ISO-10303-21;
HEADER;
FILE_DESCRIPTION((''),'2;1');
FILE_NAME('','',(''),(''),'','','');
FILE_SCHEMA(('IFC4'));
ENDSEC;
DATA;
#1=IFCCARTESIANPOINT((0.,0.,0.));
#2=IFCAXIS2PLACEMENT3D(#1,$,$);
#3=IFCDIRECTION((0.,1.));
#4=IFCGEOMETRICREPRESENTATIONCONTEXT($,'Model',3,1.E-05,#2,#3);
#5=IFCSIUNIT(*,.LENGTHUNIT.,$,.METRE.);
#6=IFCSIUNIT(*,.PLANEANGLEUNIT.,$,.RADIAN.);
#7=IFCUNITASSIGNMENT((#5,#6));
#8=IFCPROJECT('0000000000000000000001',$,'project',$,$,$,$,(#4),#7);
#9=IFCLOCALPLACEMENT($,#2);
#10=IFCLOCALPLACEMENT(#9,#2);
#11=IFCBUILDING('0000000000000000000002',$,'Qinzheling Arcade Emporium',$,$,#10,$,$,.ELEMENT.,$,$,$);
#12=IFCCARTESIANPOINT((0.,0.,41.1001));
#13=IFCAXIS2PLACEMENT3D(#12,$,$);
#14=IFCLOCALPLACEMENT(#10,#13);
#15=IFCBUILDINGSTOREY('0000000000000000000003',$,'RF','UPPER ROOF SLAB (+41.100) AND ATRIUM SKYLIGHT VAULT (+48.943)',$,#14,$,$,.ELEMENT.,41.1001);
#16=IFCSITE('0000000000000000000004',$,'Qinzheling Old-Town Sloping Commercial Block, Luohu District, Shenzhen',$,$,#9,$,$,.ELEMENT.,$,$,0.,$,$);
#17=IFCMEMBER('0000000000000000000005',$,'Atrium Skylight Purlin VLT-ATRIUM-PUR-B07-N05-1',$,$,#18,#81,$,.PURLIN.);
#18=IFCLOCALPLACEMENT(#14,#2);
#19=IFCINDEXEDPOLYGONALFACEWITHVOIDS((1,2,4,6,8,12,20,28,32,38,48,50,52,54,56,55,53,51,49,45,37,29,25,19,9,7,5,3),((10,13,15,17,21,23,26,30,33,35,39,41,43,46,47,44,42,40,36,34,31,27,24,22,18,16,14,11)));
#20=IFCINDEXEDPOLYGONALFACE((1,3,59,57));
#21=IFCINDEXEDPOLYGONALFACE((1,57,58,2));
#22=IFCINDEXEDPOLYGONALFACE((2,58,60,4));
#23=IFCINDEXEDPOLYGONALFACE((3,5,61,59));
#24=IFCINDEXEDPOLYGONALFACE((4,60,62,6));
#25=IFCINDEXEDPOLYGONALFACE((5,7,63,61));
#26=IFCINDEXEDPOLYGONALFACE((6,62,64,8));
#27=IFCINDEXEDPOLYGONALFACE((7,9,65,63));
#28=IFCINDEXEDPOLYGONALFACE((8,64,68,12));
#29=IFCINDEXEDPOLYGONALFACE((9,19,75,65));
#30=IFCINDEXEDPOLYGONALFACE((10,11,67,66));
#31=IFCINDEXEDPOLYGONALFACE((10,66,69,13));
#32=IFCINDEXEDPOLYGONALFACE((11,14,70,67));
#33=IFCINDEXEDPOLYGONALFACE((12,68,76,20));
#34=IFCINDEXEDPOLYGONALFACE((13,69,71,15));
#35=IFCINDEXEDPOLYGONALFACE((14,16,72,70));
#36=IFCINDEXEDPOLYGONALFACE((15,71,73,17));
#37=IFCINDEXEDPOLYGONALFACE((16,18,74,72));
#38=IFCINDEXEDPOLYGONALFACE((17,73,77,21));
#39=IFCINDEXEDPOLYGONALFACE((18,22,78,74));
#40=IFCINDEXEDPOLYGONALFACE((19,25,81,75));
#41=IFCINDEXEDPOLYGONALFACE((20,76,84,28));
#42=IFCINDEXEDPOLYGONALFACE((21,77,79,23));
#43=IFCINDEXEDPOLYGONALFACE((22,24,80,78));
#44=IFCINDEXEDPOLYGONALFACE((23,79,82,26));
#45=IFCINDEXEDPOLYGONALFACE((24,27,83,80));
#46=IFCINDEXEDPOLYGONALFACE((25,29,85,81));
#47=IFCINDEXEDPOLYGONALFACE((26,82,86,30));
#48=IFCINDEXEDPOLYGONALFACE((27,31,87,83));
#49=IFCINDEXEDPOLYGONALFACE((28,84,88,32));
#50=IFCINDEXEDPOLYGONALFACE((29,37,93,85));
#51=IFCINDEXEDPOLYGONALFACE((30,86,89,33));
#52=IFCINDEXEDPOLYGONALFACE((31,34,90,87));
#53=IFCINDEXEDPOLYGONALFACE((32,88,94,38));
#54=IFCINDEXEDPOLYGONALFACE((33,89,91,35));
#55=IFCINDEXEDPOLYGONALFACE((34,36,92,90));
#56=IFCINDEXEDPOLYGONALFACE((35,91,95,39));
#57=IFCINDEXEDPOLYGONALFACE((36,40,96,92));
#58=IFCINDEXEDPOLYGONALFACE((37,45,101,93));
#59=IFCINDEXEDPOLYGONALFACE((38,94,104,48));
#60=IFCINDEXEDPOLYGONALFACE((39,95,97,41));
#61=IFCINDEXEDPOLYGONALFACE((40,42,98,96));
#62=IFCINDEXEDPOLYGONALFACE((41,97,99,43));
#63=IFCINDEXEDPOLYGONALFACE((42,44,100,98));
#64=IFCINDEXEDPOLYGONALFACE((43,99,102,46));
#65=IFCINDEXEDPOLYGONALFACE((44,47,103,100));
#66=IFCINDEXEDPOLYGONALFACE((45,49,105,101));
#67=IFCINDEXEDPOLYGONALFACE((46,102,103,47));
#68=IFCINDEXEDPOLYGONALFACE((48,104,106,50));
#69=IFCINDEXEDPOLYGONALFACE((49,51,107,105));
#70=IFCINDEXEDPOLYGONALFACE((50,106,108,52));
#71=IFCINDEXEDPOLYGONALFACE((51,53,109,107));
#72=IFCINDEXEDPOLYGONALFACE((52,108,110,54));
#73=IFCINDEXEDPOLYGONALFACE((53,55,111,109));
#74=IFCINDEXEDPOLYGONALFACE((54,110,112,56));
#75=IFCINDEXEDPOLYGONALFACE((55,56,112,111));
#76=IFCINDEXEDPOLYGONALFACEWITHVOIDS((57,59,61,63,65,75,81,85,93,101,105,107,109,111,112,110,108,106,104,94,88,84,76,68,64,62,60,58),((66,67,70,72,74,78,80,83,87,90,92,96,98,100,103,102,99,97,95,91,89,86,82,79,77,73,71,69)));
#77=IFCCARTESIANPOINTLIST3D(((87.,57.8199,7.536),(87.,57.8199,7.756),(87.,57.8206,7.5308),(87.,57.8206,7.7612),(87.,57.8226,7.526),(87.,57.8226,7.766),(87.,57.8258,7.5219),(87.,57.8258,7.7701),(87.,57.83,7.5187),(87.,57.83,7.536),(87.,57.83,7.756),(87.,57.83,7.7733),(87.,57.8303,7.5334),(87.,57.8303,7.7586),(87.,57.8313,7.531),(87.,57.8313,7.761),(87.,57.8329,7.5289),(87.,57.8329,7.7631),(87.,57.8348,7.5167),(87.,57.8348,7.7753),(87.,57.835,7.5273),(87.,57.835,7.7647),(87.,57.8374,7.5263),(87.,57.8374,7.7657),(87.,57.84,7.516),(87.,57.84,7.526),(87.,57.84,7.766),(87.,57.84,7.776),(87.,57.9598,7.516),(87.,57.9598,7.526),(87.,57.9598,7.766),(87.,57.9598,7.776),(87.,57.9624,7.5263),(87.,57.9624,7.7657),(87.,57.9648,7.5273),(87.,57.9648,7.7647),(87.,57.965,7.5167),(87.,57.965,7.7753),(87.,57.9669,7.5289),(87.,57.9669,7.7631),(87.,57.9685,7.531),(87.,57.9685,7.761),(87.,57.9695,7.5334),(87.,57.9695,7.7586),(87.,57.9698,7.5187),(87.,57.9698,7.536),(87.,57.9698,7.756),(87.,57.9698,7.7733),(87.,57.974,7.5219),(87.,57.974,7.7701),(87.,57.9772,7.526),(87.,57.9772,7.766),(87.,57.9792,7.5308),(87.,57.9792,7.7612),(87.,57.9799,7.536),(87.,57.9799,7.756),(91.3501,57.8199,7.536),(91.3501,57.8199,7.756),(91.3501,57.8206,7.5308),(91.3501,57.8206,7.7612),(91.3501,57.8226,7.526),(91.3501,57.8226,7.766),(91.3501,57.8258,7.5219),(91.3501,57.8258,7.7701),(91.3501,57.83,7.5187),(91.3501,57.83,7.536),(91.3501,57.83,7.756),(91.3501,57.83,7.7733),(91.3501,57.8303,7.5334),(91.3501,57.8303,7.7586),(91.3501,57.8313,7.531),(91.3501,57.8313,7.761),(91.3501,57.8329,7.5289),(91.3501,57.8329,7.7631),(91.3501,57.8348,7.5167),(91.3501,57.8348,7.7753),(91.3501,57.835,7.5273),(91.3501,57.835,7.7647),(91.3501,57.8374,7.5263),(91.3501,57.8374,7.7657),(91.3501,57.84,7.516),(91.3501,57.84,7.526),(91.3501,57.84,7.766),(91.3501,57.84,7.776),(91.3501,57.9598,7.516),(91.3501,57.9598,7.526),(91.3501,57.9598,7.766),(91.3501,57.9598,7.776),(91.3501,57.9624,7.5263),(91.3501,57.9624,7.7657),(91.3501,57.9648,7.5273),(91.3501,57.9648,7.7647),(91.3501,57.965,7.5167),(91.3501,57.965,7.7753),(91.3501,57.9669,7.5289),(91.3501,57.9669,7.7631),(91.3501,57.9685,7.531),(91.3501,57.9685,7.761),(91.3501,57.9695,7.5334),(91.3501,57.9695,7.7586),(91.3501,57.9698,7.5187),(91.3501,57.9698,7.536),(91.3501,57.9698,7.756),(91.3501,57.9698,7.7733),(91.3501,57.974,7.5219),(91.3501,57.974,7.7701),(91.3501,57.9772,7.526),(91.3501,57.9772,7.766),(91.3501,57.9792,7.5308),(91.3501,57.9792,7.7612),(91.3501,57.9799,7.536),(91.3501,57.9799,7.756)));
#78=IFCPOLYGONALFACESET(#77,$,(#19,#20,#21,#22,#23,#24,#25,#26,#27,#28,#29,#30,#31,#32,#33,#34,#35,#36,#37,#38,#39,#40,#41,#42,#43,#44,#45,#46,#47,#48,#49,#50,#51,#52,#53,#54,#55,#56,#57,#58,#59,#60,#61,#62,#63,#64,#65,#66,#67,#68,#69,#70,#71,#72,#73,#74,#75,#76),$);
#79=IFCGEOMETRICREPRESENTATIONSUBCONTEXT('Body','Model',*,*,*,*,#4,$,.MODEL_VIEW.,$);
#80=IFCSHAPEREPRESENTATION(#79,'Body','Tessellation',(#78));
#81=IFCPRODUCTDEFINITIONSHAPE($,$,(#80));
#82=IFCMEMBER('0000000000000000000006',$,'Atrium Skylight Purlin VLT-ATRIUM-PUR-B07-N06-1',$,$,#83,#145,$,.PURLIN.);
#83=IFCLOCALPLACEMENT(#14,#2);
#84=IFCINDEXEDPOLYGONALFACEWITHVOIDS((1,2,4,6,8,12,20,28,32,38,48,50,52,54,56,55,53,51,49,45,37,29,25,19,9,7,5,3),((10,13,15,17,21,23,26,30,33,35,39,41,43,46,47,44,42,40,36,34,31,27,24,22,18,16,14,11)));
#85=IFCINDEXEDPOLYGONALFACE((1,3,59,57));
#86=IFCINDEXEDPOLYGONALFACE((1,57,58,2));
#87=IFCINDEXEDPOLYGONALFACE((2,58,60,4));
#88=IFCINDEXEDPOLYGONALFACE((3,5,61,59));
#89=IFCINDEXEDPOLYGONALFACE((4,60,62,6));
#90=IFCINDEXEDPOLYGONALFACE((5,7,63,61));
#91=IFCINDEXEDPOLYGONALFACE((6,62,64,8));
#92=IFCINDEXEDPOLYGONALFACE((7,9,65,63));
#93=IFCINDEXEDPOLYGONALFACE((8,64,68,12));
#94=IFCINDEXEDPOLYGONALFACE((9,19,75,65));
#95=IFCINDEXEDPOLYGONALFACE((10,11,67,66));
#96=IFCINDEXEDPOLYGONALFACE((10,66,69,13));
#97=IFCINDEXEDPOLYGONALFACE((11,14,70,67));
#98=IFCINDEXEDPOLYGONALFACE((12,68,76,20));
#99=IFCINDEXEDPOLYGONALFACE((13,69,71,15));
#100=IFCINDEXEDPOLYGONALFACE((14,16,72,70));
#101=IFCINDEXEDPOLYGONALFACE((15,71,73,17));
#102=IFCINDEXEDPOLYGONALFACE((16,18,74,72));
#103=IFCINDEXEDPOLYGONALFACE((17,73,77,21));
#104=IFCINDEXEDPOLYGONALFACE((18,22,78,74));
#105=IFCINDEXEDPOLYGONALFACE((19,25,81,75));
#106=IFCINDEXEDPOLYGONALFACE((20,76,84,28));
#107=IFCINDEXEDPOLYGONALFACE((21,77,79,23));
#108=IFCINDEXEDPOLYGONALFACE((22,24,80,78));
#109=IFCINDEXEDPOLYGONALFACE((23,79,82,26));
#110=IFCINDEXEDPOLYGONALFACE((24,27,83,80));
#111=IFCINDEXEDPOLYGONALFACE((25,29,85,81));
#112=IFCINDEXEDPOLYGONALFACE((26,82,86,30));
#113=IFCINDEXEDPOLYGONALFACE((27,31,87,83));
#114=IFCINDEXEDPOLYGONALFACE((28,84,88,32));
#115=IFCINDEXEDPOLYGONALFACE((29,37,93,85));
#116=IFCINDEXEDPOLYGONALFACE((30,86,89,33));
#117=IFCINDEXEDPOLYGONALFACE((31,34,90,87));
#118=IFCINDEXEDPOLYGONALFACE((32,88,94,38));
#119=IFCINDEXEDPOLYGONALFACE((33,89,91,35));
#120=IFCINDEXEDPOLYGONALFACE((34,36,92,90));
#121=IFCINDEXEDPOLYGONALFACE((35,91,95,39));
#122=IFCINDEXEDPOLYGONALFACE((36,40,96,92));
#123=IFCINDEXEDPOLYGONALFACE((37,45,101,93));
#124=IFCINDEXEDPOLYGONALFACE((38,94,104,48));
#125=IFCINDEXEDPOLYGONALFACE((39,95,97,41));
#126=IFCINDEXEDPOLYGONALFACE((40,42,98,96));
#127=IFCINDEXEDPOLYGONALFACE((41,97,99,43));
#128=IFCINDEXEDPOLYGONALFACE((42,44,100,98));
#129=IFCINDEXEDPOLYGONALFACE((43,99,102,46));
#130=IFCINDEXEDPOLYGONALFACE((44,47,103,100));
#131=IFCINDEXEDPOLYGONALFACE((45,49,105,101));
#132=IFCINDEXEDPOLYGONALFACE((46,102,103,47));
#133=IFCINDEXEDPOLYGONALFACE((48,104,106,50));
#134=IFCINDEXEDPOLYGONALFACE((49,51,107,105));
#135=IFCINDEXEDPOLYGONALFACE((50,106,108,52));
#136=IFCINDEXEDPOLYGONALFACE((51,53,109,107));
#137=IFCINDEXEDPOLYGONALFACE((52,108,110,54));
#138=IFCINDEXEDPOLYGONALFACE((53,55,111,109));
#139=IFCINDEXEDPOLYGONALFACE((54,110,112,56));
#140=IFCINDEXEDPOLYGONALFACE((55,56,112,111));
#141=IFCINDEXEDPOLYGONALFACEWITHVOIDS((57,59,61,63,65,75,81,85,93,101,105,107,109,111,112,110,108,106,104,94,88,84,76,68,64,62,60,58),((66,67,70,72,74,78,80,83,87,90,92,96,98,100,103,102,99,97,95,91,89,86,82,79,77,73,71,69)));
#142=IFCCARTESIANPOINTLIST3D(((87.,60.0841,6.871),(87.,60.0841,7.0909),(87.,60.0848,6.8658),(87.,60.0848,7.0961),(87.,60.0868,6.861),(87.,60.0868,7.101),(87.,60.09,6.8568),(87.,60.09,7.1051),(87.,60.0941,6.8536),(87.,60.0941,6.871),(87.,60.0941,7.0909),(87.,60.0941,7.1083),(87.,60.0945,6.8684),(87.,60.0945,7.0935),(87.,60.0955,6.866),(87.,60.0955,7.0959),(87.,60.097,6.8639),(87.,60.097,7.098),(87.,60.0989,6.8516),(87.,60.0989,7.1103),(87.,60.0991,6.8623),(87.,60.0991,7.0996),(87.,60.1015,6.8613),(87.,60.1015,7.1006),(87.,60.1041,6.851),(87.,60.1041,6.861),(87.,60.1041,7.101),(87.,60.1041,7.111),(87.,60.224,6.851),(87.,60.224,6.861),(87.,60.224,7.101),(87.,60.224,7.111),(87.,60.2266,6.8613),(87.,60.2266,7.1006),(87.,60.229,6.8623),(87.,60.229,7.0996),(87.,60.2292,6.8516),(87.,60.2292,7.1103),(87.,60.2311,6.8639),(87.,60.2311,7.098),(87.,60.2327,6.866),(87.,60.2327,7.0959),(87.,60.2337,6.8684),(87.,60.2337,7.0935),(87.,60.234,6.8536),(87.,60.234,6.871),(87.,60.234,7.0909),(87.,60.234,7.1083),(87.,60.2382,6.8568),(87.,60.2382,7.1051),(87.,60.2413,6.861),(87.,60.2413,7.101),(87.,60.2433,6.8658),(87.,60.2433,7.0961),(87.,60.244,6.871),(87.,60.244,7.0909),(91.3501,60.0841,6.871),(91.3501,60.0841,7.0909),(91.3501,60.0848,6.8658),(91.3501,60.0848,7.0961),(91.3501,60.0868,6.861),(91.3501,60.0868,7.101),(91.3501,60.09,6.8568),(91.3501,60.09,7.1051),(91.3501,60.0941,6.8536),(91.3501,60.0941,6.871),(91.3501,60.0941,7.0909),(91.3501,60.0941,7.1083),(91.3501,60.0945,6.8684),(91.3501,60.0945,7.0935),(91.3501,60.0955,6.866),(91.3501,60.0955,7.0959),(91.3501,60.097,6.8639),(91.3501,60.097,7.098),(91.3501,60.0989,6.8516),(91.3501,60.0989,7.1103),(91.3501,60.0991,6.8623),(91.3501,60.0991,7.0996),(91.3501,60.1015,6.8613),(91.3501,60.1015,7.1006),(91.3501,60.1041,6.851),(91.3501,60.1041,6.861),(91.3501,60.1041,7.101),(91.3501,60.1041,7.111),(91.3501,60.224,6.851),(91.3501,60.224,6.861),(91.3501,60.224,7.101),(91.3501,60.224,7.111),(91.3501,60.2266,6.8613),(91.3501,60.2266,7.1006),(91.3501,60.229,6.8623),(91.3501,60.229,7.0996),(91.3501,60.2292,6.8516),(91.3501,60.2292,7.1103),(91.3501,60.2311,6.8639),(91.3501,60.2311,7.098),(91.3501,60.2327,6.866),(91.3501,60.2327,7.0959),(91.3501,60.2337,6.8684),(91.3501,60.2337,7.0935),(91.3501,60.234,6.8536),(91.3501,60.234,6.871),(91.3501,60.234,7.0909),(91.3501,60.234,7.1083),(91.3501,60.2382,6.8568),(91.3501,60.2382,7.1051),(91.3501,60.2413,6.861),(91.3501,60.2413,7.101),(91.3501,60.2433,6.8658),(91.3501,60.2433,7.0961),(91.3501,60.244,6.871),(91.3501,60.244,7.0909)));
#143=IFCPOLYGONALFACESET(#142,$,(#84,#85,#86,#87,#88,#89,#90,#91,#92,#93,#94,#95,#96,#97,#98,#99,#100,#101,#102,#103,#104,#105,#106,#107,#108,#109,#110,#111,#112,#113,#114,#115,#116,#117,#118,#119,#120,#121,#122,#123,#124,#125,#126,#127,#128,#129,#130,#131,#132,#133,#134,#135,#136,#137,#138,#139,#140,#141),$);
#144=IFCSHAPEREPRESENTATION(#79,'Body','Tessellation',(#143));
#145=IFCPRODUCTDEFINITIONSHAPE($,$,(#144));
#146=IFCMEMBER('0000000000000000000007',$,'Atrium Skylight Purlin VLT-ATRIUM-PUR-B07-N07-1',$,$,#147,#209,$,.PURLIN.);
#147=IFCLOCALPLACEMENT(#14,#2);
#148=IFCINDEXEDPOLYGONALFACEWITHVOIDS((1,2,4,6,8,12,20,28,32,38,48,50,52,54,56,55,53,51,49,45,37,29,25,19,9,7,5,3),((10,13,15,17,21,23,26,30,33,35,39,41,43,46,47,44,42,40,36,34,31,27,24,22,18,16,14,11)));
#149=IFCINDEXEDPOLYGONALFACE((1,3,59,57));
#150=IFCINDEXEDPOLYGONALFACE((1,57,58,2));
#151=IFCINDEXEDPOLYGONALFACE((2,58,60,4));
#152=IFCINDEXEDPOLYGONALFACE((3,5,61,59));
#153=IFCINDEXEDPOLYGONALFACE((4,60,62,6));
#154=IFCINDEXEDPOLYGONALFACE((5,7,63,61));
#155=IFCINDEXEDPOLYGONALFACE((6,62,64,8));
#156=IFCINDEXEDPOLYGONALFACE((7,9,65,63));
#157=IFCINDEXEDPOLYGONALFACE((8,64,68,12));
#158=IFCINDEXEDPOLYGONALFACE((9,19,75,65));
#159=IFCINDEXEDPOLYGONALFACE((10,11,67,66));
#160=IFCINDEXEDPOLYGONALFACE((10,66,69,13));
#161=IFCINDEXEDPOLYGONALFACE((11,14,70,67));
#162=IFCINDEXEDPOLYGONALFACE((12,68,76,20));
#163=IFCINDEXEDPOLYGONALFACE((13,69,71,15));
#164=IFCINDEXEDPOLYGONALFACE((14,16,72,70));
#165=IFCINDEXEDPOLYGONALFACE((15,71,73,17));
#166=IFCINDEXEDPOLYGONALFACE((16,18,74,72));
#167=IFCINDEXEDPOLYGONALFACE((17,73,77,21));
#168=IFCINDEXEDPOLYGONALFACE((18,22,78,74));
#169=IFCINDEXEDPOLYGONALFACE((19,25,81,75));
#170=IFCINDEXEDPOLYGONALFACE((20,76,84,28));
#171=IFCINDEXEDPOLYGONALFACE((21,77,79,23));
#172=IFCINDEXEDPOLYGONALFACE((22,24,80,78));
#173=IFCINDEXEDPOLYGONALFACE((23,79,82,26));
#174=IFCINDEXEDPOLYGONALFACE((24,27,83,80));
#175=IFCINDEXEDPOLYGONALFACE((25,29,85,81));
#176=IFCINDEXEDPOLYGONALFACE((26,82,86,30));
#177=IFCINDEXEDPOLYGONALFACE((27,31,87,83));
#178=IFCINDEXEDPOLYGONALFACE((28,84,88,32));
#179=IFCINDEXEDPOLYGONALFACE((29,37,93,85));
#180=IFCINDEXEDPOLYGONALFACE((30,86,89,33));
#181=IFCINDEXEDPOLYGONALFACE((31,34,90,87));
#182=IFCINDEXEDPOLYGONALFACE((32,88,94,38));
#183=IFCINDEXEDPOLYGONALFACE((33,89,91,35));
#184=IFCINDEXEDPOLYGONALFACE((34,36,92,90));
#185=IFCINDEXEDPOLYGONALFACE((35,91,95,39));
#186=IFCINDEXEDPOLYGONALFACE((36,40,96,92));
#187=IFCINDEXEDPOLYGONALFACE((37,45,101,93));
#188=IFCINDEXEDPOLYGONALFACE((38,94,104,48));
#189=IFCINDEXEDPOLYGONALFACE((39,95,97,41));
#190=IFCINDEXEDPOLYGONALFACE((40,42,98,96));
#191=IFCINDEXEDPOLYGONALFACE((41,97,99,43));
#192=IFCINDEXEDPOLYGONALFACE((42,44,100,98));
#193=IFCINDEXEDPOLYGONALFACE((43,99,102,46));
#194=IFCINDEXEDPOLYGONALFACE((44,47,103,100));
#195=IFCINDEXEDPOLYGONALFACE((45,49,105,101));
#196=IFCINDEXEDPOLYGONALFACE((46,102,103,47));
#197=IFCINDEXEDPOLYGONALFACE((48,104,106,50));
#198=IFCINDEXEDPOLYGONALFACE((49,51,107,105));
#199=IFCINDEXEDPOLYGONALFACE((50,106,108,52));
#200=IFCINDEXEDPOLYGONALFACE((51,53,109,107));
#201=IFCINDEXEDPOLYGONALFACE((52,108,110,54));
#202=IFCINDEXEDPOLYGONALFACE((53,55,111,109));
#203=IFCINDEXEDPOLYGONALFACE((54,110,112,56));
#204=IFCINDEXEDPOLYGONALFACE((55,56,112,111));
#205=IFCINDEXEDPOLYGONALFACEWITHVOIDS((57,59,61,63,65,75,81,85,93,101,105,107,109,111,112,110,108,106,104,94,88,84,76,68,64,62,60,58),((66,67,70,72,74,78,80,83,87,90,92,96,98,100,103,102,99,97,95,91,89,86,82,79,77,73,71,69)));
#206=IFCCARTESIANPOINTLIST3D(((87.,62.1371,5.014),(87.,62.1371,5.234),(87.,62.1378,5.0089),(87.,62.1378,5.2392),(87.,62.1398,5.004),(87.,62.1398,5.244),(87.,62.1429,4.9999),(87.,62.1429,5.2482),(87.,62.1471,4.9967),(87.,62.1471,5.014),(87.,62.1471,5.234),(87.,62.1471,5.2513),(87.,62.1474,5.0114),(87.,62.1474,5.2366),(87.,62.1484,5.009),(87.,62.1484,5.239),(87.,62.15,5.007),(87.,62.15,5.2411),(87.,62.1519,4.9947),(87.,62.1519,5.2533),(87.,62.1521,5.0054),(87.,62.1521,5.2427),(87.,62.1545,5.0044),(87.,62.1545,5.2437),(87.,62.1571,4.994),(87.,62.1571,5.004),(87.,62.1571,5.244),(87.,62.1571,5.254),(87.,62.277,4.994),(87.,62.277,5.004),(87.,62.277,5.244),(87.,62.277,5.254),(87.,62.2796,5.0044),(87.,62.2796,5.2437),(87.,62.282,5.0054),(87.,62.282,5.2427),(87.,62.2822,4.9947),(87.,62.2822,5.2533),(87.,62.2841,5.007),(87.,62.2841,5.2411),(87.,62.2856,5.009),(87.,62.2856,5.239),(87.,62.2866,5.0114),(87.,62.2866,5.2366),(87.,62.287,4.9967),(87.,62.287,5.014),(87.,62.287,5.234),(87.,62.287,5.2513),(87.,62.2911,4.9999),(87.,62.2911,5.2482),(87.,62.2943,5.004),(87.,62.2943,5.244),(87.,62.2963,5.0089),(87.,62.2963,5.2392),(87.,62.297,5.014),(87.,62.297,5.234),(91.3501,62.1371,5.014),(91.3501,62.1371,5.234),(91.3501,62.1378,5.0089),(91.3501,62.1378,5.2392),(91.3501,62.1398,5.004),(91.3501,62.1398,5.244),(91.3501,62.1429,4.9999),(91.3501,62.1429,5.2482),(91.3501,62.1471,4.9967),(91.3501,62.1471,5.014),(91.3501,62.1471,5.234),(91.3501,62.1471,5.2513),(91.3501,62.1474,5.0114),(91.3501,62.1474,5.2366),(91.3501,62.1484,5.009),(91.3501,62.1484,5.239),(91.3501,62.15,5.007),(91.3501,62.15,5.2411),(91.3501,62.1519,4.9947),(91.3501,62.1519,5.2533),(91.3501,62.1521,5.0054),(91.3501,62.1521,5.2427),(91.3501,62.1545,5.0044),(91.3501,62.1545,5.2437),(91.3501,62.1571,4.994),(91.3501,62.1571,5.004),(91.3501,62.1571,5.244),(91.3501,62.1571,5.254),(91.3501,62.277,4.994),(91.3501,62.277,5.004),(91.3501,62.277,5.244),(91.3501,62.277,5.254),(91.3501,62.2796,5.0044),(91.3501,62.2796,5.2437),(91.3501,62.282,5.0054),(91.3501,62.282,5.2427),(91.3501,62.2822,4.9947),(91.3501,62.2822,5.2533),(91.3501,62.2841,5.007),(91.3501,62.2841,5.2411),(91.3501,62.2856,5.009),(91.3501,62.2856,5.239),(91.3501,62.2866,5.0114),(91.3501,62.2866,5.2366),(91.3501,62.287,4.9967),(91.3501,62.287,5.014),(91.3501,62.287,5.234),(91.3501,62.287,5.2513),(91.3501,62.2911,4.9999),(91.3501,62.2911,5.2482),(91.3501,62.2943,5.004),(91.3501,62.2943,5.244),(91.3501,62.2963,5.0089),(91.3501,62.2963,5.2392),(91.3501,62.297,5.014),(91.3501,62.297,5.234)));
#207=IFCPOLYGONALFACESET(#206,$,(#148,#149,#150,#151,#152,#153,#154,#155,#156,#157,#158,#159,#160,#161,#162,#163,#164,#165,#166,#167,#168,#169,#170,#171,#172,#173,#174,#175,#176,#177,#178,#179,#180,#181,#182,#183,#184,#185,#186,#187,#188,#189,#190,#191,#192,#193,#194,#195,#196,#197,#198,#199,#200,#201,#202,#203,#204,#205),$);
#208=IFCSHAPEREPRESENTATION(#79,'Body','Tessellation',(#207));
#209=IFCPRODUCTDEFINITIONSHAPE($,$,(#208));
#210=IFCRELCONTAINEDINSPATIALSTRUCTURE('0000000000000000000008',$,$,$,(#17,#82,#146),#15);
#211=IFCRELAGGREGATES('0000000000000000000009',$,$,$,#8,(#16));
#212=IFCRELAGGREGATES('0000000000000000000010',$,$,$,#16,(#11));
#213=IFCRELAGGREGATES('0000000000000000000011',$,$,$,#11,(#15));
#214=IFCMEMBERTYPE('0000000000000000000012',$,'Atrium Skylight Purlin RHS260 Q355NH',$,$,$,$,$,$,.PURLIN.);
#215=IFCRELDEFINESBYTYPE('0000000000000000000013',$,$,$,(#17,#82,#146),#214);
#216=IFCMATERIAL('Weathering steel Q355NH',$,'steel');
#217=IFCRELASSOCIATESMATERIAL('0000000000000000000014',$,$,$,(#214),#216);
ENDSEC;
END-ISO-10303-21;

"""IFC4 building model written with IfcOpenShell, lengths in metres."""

from ifc_helpers import new_model, si_unit, direction, frame, origin, origin_2d, place, context, subcontext, project, spatial, hollow_rectangle, extrude, material, material_profile, profile_set, type_object, element, save


model = new_model("IFC4")

# Units and contexts
model_context = context("Model", 3, precision=1e-05, world=origin(), true_north=direction((0.0, 1.0)))
body_context = subcontext(model_context, "Body", "Model", "MODEL_VIEW")
ifc_project = project(units=[si_unit("LENGTHUNIT", "METRE"), si_unit("PLANEANGLEUNIT", "RADIAN")], contexts=[model_context])

# Site, building, storey
site_placement = place(None, origin())
site = spatial("IfcSite", under=ifc_project, at=site_placement, Name="Qinzheling Old-Town Sloping Commercial Block, Luohu District, Shenzhen", CompositionType="ELEMENT", RefElevation=0.0)
building_placement = place(site_placement, origin())
building = spatial("IfcBuilding", under=site, at=building_placement, Name="Qinzheling Arcade Emporium", CompositionType="ELEMENT")
storey_placement = place(building_placement, frame((0.0, 0.0, 41.1001)))
storey = spatial("IfcBuildingStorey", under=building, at=storey_placement, Name="RF", Description="UPPER ROOF SLAB (+41.100) AND ATRIUM SKYLIGHT VAULT (+48.943)", CompositionType="ELEMENT", Elevation=41.1001)

# Shared definitions
ifc_material_1 = material(Name="Weathering steel Q355NH", Category="steel")

# Members
ifc_material_profile_1 = material_profile(ifc_material_1, hollow_rectangle(XDim=0.1599, YDim=0.26, WallThickness=0.01, InnerFilletRadius=0.01, OuterFilletRadius=0.02, at=origin_2d()), Name="RHS 260x160x10", Category="steel")
ifc_profile_set_1 = profile_set([ifc_material_profile_1], Name="Weathering steel Q355NH")
member_type = type_object("IfcMemberType", Name="Atrium Skylight Purlin RHS260 Q355NH", PredefinedType="PURLIN", material=ifc_profile_set_1)
for number, where, z_axis, x_axis, name in (
    (1, (87.0, 57.8999, 7.646), (1.0, 0.0, 0.0), (0.0, 1.0, 0.0), "Atrium Skylight Purlin VLT-ATRIUM-PUR-B07-N05-1"),
    (2, (87.0, 60.1641, 6.981), (1.0, 0.0, 0.0), (0.0, 1.0, 0.0), "Atrium Skylight Purlin VLT-ATRIUM-PUR-B07-N06-1"),
    (3, (87.0, 62.217, 5.124), (1.0, 0.0, 0.0), (0.0, 1.0, 0.0), "Atrium Skylight Purlin VLT-ATRIUM-PUR-B07-N07-1"),
):
    element("IfcMember", number, at=place(storey_placement, frame(where, z_axis=z_axis, x_axis=x_axis)), inside=storey, type_object=member_type, Name=name, PredefinedType="PURLIN", context=body_context, shape_type="SweptSolid", body=[
        extrude(hollow_rectangle(XDim=0.1599, YDim=0.26, WallThickness=0.01, InnerFilletRadius=0.01, OuterFilletRadius=0.02, at=origin_2d()), origin(), (0.0, 0.0, 1.0), 4.3501),
    ])

save(model, "model.ifc")
